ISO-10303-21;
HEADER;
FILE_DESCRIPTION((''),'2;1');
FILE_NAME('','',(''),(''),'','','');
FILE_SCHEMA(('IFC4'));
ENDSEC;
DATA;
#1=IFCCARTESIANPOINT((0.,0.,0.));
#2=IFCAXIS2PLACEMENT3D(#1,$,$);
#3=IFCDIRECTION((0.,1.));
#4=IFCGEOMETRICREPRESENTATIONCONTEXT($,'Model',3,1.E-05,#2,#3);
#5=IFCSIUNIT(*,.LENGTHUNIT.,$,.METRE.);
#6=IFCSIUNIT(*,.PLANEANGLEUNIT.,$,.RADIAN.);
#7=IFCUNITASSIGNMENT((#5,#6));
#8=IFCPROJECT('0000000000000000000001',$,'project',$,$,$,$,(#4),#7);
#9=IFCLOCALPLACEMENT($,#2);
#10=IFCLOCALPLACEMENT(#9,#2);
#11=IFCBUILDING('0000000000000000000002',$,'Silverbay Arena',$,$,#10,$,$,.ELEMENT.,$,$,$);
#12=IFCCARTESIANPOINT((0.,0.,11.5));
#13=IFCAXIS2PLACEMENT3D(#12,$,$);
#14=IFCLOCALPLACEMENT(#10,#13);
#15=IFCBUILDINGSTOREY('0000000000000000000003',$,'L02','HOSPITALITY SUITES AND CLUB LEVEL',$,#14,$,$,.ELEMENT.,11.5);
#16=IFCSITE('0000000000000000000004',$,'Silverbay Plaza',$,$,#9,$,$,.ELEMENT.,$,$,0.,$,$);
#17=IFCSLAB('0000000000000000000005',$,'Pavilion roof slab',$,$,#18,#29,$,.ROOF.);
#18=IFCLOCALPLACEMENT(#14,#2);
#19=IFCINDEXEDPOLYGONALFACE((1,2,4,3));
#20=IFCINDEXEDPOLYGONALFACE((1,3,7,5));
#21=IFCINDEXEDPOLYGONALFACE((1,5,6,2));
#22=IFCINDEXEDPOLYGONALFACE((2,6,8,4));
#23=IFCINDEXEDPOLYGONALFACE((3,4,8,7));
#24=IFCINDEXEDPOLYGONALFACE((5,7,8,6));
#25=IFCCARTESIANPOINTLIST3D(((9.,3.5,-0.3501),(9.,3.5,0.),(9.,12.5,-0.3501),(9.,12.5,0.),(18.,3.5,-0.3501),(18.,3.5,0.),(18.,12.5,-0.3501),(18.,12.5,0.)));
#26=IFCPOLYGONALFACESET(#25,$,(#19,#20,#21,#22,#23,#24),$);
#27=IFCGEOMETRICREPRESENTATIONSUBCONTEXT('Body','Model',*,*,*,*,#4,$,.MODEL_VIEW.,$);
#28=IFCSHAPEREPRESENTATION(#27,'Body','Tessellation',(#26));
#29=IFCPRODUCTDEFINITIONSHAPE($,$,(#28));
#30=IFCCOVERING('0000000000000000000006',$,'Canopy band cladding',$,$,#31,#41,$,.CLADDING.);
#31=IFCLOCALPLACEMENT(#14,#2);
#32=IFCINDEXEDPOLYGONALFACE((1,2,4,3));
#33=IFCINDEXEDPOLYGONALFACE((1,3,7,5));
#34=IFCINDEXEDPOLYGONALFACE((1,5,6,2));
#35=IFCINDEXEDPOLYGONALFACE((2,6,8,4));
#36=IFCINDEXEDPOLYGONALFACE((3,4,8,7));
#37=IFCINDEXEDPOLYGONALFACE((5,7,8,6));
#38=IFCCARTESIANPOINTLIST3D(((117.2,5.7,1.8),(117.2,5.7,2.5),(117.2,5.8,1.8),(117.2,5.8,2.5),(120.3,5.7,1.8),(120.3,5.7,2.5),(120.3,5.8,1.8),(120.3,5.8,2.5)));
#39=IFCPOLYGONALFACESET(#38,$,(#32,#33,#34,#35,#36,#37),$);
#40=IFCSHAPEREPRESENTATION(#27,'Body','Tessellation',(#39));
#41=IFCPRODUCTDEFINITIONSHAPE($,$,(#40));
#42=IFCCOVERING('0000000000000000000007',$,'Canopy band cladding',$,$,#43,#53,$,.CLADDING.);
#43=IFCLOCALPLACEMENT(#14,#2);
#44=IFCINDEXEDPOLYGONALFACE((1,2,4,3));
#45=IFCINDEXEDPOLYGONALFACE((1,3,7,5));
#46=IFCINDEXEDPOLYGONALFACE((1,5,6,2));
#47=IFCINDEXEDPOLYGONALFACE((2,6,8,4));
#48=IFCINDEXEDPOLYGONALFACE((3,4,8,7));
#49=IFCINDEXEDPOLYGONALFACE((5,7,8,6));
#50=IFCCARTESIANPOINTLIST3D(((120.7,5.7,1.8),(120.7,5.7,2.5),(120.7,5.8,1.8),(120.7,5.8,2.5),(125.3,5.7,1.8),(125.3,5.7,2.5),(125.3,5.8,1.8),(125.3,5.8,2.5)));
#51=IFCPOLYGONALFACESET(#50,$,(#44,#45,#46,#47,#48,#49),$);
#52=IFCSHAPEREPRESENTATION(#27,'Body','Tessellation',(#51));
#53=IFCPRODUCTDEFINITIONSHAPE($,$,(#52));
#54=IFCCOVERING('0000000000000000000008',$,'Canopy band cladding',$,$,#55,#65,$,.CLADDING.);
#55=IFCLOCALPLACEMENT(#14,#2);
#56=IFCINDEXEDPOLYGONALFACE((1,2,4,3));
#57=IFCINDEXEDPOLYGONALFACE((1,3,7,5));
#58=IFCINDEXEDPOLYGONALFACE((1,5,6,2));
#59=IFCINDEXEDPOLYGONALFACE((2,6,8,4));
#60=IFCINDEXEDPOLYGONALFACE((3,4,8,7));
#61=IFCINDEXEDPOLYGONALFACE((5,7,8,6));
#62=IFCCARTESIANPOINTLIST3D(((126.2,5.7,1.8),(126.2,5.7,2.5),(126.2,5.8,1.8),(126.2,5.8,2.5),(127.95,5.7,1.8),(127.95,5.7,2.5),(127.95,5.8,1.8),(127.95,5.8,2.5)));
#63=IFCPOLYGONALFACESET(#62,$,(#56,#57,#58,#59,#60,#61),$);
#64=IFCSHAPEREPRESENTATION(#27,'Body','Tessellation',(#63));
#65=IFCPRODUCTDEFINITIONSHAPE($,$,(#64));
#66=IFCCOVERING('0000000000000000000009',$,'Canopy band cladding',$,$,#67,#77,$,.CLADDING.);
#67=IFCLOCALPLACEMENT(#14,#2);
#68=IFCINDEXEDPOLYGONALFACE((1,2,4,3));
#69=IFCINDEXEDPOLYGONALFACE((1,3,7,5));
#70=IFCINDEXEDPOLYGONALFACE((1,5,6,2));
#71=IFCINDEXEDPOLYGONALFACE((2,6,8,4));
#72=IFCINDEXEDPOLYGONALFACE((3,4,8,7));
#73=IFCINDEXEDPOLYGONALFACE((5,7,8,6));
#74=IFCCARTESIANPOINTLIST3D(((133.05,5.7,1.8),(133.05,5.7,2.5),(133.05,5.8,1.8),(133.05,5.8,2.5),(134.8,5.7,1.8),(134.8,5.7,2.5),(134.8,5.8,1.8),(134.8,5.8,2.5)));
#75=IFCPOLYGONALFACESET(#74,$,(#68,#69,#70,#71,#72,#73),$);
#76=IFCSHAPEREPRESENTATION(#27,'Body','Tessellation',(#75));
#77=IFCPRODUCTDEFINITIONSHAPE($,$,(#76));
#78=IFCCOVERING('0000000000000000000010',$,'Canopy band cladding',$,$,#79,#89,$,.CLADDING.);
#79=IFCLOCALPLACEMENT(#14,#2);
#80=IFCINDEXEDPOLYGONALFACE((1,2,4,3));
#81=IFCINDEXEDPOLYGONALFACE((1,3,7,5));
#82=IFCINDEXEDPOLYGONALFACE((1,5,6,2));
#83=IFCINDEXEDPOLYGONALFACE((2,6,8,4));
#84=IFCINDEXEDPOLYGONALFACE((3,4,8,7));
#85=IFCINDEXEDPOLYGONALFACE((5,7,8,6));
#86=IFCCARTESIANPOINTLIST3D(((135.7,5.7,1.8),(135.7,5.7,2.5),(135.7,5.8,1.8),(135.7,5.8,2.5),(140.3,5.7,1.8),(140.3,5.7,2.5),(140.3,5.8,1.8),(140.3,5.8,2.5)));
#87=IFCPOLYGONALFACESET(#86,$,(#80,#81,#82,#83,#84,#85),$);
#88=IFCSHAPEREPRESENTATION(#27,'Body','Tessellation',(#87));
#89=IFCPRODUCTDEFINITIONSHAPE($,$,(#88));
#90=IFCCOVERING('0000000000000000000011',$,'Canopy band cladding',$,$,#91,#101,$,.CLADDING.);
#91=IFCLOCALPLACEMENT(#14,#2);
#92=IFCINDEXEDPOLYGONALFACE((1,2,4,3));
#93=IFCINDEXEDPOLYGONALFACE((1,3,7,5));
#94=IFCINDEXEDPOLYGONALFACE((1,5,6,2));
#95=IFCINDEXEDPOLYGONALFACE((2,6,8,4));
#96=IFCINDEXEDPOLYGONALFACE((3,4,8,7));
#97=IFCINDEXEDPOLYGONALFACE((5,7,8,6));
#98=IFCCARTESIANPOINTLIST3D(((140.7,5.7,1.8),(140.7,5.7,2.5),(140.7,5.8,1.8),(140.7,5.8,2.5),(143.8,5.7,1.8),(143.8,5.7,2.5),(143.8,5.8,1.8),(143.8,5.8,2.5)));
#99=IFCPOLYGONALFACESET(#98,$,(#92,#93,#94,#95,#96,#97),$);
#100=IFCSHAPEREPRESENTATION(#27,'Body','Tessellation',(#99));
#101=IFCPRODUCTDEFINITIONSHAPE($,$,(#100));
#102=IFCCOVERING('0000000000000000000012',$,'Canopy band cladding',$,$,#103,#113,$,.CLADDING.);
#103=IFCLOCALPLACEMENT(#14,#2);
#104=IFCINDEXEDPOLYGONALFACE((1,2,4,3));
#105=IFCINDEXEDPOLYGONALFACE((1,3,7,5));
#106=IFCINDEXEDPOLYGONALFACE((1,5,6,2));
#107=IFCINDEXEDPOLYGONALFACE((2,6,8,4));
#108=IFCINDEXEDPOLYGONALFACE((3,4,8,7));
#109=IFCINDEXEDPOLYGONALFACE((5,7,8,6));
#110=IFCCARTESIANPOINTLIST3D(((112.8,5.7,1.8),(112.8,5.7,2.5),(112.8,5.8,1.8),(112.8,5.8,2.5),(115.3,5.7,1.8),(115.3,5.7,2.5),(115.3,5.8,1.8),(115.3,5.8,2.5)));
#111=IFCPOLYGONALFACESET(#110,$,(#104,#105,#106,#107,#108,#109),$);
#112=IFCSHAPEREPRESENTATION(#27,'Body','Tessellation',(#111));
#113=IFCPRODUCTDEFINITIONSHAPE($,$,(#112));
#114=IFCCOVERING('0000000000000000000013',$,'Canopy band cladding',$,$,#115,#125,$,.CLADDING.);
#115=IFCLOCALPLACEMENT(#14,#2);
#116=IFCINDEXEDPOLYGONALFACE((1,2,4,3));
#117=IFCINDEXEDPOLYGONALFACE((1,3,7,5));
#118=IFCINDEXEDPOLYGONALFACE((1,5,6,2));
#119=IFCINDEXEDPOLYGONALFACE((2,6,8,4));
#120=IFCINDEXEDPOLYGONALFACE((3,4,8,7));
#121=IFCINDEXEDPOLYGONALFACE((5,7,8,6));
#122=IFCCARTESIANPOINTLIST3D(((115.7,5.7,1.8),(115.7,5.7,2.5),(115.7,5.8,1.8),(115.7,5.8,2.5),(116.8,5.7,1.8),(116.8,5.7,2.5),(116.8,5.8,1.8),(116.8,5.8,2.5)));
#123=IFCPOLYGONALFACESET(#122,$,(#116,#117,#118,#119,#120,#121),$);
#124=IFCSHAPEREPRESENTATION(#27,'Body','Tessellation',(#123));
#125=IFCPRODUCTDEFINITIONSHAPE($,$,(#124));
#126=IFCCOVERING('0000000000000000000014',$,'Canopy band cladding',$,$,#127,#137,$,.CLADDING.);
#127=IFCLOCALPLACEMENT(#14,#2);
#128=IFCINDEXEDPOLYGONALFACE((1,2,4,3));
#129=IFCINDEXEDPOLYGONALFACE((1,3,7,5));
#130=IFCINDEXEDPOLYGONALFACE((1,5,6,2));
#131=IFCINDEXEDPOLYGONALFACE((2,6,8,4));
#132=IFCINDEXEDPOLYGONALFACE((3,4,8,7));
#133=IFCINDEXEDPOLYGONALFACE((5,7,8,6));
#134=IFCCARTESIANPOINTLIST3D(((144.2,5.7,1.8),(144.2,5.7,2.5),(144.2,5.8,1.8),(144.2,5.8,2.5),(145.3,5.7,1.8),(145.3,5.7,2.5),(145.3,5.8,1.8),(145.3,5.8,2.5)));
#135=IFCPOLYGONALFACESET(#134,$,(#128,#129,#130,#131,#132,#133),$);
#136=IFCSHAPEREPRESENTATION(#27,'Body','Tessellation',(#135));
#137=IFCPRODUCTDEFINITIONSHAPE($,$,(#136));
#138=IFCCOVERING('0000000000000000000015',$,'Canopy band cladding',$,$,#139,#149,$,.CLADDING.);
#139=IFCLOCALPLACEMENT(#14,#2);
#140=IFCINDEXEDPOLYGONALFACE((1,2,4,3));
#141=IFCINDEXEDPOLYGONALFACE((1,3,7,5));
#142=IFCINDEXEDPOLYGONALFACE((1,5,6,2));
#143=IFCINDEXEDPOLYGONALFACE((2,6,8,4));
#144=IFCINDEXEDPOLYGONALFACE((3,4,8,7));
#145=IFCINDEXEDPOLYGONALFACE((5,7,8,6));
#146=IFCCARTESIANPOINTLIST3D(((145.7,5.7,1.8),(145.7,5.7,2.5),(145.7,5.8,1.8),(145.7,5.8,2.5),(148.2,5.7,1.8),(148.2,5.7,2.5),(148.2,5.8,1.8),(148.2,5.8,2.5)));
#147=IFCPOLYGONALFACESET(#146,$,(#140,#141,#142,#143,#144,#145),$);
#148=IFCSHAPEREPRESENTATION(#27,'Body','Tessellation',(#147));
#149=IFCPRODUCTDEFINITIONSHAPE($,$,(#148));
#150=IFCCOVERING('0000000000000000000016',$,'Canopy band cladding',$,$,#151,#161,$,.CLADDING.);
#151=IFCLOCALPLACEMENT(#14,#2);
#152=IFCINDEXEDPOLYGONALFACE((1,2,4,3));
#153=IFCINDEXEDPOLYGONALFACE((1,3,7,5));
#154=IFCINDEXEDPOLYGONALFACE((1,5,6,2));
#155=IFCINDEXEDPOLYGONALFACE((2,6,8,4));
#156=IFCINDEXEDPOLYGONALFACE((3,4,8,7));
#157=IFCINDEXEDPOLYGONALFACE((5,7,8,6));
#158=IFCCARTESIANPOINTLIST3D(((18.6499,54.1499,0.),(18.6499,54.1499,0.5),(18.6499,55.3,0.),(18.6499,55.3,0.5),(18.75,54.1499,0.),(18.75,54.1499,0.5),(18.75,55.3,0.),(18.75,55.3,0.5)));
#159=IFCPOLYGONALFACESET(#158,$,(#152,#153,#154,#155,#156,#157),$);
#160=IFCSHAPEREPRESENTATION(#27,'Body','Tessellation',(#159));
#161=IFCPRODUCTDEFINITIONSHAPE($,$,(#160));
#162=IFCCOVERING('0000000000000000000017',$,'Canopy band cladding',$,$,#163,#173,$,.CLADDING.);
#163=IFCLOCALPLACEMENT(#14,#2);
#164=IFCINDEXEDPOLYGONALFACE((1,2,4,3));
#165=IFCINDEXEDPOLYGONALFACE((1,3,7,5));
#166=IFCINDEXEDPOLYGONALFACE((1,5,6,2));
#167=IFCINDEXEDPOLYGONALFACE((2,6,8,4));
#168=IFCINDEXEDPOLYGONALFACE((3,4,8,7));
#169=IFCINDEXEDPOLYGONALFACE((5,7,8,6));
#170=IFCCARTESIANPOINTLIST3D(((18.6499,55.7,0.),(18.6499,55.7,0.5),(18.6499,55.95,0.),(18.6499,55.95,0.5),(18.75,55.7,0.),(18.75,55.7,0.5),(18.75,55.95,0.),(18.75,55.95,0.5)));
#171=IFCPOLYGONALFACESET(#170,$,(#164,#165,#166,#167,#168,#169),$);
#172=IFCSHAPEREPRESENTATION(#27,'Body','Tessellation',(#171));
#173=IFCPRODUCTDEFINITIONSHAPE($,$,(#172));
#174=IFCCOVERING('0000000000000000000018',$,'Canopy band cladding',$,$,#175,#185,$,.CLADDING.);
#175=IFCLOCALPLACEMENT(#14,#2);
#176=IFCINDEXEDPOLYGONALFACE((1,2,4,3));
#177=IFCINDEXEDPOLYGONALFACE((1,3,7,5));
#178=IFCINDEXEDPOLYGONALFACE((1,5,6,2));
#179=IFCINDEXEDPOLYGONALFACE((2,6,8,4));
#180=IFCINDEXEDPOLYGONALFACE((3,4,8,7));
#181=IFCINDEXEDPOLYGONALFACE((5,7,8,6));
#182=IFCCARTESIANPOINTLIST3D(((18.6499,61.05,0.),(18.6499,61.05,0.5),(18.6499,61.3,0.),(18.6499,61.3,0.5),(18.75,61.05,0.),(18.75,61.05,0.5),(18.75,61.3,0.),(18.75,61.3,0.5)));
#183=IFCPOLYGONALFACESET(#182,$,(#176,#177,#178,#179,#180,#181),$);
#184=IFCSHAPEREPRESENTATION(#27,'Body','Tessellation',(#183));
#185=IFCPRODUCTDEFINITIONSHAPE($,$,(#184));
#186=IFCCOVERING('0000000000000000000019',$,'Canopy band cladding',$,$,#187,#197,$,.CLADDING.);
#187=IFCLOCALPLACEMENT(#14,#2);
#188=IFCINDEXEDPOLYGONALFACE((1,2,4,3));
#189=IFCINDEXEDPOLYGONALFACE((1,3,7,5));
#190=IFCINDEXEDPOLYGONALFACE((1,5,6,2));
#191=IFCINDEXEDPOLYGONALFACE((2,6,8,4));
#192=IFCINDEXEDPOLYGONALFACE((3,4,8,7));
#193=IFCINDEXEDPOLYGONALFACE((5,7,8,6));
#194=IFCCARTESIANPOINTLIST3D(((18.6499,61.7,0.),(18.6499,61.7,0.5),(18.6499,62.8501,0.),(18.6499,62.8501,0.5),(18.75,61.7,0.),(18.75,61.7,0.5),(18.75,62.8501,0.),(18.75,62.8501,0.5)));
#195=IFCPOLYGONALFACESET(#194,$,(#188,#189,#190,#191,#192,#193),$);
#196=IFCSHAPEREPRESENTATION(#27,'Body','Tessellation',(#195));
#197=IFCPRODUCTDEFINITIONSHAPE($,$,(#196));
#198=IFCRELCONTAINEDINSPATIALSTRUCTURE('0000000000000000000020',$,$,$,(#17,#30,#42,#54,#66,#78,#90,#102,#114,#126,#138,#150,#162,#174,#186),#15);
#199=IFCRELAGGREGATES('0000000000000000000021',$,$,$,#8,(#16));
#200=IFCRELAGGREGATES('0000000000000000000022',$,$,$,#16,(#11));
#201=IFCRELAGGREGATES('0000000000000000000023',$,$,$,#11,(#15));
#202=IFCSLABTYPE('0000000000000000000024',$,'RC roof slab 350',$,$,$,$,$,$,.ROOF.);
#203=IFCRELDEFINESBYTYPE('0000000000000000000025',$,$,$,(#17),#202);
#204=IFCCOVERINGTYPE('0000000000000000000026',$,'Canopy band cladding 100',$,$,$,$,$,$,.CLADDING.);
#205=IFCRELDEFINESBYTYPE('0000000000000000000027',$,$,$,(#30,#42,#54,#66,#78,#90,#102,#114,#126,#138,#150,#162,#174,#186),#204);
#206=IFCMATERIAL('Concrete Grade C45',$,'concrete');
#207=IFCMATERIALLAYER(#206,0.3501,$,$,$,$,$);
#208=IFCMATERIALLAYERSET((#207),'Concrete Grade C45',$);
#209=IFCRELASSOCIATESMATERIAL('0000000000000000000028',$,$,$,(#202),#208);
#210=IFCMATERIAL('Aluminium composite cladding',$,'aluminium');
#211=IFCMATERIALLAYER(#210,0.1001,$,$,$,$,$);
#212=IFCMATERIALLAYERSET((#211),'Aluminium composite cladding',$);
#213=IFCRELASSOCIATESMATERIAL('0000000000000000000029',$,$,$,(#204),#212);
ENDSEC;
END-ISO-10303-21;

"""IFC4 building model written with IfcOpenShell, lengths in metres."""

from ifc_helpers import new_model, si_unit, direction, frame, origin, place, context, subcontext, project, spatial, polyline, outline, extrude, material, layer, layer_set, type_object, element, save


model = new_model("IFC4")

# Units and contexts
model_context = context("Model", 3, precision=1e-05, world=origin(), true_north=direction((0.0, 1.0)))
body_context = subcontext(model_context, "Body", "Model", "MODEL_VIEW")
ifc_project = project(units=[si_unit("LENGTHUNIT", "METRE"), si_unit("PLANEANGLEUNIT", "RADIAN")], contexts=[model_context])

# Site, building, storey
site_placement = place(None, origin())
site = spatial("IfcSite", under=ifc_project, at=site_placement, Name="Silverbay Plaza", CompositionType="ELEMENT", RefElevation=0.0)
building_placement = place(site_placement, origin())
building = spatial("IfcBuilding", under=site, at=building_placement, Name="Silverbay Arena", CompositionType="ELEMENT")
storey_placement = place(building_placement, frame((0.0, 0.0, 11.5)))
storey = spatial("IfcBuildingStorey", under=building, at=storey_placement, Name="L02", Description="HOSPITALITY SUITES AND CLUB LEVEL", CompositionType="ELEMENT", Elevation=11.5)

# Slab
ifc_material_1 = material(Name="Concrete Grade C45", Category="concrete")
ifc_layer_1 = layer(ifc_material_1, 0.3501)
ifc_layer_set_1 = layer_set([ifc_layer_1], Name="Concrete Grade C45")
slab_type = type_object("IfcSlabType", Name="RC roof slab 350", PredefinedType="ROOF", material=ifc_layer_set_1)
slab_placement = place(storey_placement, frame((0.0, 0.0, -0.3501)))
element("IfcSlab", 1, at=slab_placement, inside=storey, type_object=slab_type, Name="Pavilion roof slab", PredefinedType="ROOF", context=body_context, shape_type="SweptSolid", body=[
    extrude(outline(polyline([(9.0, 3.5), (18.0, 3.5), (18.0, 12.5), (9.0, 12.5), (9.0, 3.5)])), origin(), (0.0, 0.0, 1.0), 0.3501),
])

# Coverings
ifc_material_2 = material(Name="Aluminium composite cladding", Category="aluminium")
ifc_layer_2 = layer(ifc_material_2, 0.1001)
ifc_layer_set_2 = layer_set([ifc_layer_2], Name="Aluminium composite cladding")
covering_type_1 = type_object("IfcCoveringType", Name="Canopy band cladding 100", PredefinedType="CLADDING", material=ifc_layer_set_2)
covering_1_placement = place(storey_placement, frame((0.0, 0.0, 1.8)))
element("IfcCovering", 2, at=covering_1_placement, inside=storey, type_object=covering_type_1, Name="Canopy band cladding", PredefinedType="CLADDING", context=body_context, shape_type="SweptSolid", body=[
    extrude(outline(polyline([(117.2, 5.7), (120.3, 5.7), (120.3, 5.8), (117.2, 5.8), (117.2, 5.7)])), origin(), (0.0, 0.0, 1.0), 0.7),
])
covering_2_placement = place(storey_placement, frame((0.0, 0.0, 1.8)))
element("IfcCovering", 3, at=covering_2_placement, inside=storey, type_object=covering_type_1, Name="Canopy band cladding", PredefinedType="CLADDING", context=body_context, shape_type="SweptSolid", body=[
    extrude(outline(polyline([(120.7, 5.7), (125.3, 5.7), (125.3, 5.8), (120.7, 5.8), (120.7, 5.7)])), origin(), (0.0, 0.0, 1.0), 0.7),
])
covering_3_placement = place(storey_placement, frame((0.0, 0.0, 1.8)))
element("IfcCovering", 4, at=covering_3_placement, inside=storey, type_object=covering_type_1, Name="Canopy band cladding", PredefinedType="CLADDING", context=body_context, shape_type="SweptSolid", body=[
    extrude(outline(polyline([(126.2, 5.7), (127.95, 5.7), (127.95, 5.8), (126.2, 5.8), (126.2, 5.7)])), origin(), (0.0, 0.0, 1.0), 0.7),
])
covering_4_placement = place(storey_placement, frame((0.0, 0.0, 1.8)))
element("IfcCovering", 5, at=covering_4_placement, inside=storey, type_object=covering_type_1, Name="Canopy band cladding", PredefinedType="CLADDING", context=body_context, shape_type="SweptSolid", body=[
    extrude(outline(polyline([(133.05, 5.7), (134.8, 5.7), (134.8, 5.8), (133.05, 5.8), (133.05, 5.7)])), origin(), (0.0, 0.0, 1.0), 0.7),
])
covering_5_placement = place(storey_placement, frame((0.0, 0.0, 1.8)))
element("IfcCovering", 6, at=covering_5_placement, inside=storey, type_object=covering_type_1, Name="Canopy band cladding", PredefinedType="CLADDING", context=body_context, shape_type="SweptSolid", body=[
    extrude(outline(polyline([(135.7, 5.7), (140.3, 5.7), (140.3, 5.8), (135.7, 5.8), (135.7, 5.7)])), origin(), (0.0, 0.0, 1.0), 0.7),
])
covering_6_placement = place(storey_placement, frame((0.0, 0.0, 1.8)))
element("IfcCovering", 7, at=covering_6_placement, inside=storey, type_object=covering_type_1, Name="Canopy band cladding", PredefinedType="CLADDING", context=body_context, shape_type="SweptSolid", body=[
    extrude(outline(polyline([(140.7, 5.7), (143.8, 5.7), (143.8, 5.8), (140.7, 5.8), (140.7, 5.7)])), origin(), (0.0, 0.0, 1.0), 0.7),
])
covering_7_placement = place(storey_placement, frame((0.0, 0.0, 1.8)))
element("IfcCovering", 8, at=covering_7_placement, inside=storey, type_object=covering_type_1, Name="Canopy band cladding", PredefinedType="CLADDING", context=body_context, shape_type="SweptSolid", body=[
    extrude(outline(polyline([(112.8, 5.7), (115.3, 5.7), (115.3, 5.8), (112.8, 5.8), (112.8, 5.7)])), origin(), (0.0, 0.0, 1.0), 0.7),
])
covering_8_placement = place(storey_placement, frame((0.0, 0.0, 1.8)))
element("IfcCovering", 9, at=covering_8_placement, inside=storey, type_object=covering_type_1, Name="Canopy band cladding", PredefinedType="CLADDING", context=body_context, shape_type="SweptSolid", body=[
    extrude(outline(polyline([(115.7, 5.7), (116.8, 5.7), (116.8, 5.8), (115.7, 5.8), (115.7, 5.7)])), origin(), (0.0, 0.0, 1.0), 0.7),
])
covering_9_placement = place(storey_placement, frame((0.0, 0.0, 1.8)))
element("IfcCovering", 10, at=covering_9_placement, inside=storey, type_object=covering_type_1, Name="Canopy band cladding", PredefinedType="CLADDING", context=body_context, shape_type="SweptSolid", body=[
    extrude(outline(polyline([(144.2, 5.7), (145.3, 5.7), (145.3, 5.8), (144.2, 5.8), (144.2, 5.7)])), origin(), (0.0, 0.0, 1.0), 0.7),
])
covering_10_placement = place(storey_placement, frame((0.0, 0.0, 1.8)))
element("IfcCovering", 11, at=covering_10_placement, inside=storey, type_object=covering_type_1, Name="Canopy band cladding", PredefinedType="CLADDING", context=body_context, shape_type="SweptSolid", body=[
    extrude(outline(polyline([(145.7, 5.7), (148.2, 5.7), (148.2, 5.8), (145.7, 5.8), (145.7, 5.7)])), origin(), (0.0, 0.0, 1.0), 0.7),
])
covering_11_placement = place(storey_placement, origin())
element("IfcCovering", 12, at=covering_11_placement, inside=storey, type_object=covering_type_1, Name="Canopy band cladding", PredefinedType="CLADDING", context=body_context, shape_type="SweptSolid", body=[
    extrude(outline(polyline([(18.6499, 54.1499), (18.75, 54.1499), (18.75, 55.3), (18.6499, 55.3), (18.6499, 54.1499)])), origin(), (0.0, 0.0, 1.0), 0.5),
])
covering_12_placement = place(storey_placement, origin())
element("IfcCovering", 13, at=covering_12_placement, inside=storey, type_object=covering_type_1, Name="Canopy band cladding", PredefinedType="CLADDING", context=body_context, shape_type="SweptSolid", body=[
    extrude(outline(polyline([(18.6499, 55.7), (18.75, 55.7), (18.75, 55.95), (18.6499, 55.95), (18.6499, 55.7)])), origin(), (0.0, 0.0, 1.0), 0.5),
])
covering_13_placement = place(storey_placement, origin())
element("IfcCovering", 14, at=covering_13_placement, inside=storey, type_object=covering_type_1, Name="Canopy band cladding", PredefinedType="CLADDING", context=body_context, shape_type="SweptSolid", body=[
    extrude(outline(polyline([(18.6499, 61.05), (18.75, 61.05), (18.75, 61.3), (18.6499, 61.3), (18.6499, 61.05)])), origin(), (0.0, 0.0, 1.0), 0.5),
])
covering_14_placement = place(storey_placement, origin())
element("IfcCovering", 15, at=covering_14_placement, inside=storey, type_object=covering_type_1, Name="Canopy band cladding", PredefinedType="CLADDING", context=body_context, shape_type="SweptSolid", body=[
    extrude(outline(polyline([(18.6499, 61.7), (18.75, 61.7), (18.75, 62.8501), (18.6499, 62.8501), (18.6499, 61.7)])), origin(), (0.0, 0.0, 1.0), 0.5),
])

save(model, "model.ifc")
